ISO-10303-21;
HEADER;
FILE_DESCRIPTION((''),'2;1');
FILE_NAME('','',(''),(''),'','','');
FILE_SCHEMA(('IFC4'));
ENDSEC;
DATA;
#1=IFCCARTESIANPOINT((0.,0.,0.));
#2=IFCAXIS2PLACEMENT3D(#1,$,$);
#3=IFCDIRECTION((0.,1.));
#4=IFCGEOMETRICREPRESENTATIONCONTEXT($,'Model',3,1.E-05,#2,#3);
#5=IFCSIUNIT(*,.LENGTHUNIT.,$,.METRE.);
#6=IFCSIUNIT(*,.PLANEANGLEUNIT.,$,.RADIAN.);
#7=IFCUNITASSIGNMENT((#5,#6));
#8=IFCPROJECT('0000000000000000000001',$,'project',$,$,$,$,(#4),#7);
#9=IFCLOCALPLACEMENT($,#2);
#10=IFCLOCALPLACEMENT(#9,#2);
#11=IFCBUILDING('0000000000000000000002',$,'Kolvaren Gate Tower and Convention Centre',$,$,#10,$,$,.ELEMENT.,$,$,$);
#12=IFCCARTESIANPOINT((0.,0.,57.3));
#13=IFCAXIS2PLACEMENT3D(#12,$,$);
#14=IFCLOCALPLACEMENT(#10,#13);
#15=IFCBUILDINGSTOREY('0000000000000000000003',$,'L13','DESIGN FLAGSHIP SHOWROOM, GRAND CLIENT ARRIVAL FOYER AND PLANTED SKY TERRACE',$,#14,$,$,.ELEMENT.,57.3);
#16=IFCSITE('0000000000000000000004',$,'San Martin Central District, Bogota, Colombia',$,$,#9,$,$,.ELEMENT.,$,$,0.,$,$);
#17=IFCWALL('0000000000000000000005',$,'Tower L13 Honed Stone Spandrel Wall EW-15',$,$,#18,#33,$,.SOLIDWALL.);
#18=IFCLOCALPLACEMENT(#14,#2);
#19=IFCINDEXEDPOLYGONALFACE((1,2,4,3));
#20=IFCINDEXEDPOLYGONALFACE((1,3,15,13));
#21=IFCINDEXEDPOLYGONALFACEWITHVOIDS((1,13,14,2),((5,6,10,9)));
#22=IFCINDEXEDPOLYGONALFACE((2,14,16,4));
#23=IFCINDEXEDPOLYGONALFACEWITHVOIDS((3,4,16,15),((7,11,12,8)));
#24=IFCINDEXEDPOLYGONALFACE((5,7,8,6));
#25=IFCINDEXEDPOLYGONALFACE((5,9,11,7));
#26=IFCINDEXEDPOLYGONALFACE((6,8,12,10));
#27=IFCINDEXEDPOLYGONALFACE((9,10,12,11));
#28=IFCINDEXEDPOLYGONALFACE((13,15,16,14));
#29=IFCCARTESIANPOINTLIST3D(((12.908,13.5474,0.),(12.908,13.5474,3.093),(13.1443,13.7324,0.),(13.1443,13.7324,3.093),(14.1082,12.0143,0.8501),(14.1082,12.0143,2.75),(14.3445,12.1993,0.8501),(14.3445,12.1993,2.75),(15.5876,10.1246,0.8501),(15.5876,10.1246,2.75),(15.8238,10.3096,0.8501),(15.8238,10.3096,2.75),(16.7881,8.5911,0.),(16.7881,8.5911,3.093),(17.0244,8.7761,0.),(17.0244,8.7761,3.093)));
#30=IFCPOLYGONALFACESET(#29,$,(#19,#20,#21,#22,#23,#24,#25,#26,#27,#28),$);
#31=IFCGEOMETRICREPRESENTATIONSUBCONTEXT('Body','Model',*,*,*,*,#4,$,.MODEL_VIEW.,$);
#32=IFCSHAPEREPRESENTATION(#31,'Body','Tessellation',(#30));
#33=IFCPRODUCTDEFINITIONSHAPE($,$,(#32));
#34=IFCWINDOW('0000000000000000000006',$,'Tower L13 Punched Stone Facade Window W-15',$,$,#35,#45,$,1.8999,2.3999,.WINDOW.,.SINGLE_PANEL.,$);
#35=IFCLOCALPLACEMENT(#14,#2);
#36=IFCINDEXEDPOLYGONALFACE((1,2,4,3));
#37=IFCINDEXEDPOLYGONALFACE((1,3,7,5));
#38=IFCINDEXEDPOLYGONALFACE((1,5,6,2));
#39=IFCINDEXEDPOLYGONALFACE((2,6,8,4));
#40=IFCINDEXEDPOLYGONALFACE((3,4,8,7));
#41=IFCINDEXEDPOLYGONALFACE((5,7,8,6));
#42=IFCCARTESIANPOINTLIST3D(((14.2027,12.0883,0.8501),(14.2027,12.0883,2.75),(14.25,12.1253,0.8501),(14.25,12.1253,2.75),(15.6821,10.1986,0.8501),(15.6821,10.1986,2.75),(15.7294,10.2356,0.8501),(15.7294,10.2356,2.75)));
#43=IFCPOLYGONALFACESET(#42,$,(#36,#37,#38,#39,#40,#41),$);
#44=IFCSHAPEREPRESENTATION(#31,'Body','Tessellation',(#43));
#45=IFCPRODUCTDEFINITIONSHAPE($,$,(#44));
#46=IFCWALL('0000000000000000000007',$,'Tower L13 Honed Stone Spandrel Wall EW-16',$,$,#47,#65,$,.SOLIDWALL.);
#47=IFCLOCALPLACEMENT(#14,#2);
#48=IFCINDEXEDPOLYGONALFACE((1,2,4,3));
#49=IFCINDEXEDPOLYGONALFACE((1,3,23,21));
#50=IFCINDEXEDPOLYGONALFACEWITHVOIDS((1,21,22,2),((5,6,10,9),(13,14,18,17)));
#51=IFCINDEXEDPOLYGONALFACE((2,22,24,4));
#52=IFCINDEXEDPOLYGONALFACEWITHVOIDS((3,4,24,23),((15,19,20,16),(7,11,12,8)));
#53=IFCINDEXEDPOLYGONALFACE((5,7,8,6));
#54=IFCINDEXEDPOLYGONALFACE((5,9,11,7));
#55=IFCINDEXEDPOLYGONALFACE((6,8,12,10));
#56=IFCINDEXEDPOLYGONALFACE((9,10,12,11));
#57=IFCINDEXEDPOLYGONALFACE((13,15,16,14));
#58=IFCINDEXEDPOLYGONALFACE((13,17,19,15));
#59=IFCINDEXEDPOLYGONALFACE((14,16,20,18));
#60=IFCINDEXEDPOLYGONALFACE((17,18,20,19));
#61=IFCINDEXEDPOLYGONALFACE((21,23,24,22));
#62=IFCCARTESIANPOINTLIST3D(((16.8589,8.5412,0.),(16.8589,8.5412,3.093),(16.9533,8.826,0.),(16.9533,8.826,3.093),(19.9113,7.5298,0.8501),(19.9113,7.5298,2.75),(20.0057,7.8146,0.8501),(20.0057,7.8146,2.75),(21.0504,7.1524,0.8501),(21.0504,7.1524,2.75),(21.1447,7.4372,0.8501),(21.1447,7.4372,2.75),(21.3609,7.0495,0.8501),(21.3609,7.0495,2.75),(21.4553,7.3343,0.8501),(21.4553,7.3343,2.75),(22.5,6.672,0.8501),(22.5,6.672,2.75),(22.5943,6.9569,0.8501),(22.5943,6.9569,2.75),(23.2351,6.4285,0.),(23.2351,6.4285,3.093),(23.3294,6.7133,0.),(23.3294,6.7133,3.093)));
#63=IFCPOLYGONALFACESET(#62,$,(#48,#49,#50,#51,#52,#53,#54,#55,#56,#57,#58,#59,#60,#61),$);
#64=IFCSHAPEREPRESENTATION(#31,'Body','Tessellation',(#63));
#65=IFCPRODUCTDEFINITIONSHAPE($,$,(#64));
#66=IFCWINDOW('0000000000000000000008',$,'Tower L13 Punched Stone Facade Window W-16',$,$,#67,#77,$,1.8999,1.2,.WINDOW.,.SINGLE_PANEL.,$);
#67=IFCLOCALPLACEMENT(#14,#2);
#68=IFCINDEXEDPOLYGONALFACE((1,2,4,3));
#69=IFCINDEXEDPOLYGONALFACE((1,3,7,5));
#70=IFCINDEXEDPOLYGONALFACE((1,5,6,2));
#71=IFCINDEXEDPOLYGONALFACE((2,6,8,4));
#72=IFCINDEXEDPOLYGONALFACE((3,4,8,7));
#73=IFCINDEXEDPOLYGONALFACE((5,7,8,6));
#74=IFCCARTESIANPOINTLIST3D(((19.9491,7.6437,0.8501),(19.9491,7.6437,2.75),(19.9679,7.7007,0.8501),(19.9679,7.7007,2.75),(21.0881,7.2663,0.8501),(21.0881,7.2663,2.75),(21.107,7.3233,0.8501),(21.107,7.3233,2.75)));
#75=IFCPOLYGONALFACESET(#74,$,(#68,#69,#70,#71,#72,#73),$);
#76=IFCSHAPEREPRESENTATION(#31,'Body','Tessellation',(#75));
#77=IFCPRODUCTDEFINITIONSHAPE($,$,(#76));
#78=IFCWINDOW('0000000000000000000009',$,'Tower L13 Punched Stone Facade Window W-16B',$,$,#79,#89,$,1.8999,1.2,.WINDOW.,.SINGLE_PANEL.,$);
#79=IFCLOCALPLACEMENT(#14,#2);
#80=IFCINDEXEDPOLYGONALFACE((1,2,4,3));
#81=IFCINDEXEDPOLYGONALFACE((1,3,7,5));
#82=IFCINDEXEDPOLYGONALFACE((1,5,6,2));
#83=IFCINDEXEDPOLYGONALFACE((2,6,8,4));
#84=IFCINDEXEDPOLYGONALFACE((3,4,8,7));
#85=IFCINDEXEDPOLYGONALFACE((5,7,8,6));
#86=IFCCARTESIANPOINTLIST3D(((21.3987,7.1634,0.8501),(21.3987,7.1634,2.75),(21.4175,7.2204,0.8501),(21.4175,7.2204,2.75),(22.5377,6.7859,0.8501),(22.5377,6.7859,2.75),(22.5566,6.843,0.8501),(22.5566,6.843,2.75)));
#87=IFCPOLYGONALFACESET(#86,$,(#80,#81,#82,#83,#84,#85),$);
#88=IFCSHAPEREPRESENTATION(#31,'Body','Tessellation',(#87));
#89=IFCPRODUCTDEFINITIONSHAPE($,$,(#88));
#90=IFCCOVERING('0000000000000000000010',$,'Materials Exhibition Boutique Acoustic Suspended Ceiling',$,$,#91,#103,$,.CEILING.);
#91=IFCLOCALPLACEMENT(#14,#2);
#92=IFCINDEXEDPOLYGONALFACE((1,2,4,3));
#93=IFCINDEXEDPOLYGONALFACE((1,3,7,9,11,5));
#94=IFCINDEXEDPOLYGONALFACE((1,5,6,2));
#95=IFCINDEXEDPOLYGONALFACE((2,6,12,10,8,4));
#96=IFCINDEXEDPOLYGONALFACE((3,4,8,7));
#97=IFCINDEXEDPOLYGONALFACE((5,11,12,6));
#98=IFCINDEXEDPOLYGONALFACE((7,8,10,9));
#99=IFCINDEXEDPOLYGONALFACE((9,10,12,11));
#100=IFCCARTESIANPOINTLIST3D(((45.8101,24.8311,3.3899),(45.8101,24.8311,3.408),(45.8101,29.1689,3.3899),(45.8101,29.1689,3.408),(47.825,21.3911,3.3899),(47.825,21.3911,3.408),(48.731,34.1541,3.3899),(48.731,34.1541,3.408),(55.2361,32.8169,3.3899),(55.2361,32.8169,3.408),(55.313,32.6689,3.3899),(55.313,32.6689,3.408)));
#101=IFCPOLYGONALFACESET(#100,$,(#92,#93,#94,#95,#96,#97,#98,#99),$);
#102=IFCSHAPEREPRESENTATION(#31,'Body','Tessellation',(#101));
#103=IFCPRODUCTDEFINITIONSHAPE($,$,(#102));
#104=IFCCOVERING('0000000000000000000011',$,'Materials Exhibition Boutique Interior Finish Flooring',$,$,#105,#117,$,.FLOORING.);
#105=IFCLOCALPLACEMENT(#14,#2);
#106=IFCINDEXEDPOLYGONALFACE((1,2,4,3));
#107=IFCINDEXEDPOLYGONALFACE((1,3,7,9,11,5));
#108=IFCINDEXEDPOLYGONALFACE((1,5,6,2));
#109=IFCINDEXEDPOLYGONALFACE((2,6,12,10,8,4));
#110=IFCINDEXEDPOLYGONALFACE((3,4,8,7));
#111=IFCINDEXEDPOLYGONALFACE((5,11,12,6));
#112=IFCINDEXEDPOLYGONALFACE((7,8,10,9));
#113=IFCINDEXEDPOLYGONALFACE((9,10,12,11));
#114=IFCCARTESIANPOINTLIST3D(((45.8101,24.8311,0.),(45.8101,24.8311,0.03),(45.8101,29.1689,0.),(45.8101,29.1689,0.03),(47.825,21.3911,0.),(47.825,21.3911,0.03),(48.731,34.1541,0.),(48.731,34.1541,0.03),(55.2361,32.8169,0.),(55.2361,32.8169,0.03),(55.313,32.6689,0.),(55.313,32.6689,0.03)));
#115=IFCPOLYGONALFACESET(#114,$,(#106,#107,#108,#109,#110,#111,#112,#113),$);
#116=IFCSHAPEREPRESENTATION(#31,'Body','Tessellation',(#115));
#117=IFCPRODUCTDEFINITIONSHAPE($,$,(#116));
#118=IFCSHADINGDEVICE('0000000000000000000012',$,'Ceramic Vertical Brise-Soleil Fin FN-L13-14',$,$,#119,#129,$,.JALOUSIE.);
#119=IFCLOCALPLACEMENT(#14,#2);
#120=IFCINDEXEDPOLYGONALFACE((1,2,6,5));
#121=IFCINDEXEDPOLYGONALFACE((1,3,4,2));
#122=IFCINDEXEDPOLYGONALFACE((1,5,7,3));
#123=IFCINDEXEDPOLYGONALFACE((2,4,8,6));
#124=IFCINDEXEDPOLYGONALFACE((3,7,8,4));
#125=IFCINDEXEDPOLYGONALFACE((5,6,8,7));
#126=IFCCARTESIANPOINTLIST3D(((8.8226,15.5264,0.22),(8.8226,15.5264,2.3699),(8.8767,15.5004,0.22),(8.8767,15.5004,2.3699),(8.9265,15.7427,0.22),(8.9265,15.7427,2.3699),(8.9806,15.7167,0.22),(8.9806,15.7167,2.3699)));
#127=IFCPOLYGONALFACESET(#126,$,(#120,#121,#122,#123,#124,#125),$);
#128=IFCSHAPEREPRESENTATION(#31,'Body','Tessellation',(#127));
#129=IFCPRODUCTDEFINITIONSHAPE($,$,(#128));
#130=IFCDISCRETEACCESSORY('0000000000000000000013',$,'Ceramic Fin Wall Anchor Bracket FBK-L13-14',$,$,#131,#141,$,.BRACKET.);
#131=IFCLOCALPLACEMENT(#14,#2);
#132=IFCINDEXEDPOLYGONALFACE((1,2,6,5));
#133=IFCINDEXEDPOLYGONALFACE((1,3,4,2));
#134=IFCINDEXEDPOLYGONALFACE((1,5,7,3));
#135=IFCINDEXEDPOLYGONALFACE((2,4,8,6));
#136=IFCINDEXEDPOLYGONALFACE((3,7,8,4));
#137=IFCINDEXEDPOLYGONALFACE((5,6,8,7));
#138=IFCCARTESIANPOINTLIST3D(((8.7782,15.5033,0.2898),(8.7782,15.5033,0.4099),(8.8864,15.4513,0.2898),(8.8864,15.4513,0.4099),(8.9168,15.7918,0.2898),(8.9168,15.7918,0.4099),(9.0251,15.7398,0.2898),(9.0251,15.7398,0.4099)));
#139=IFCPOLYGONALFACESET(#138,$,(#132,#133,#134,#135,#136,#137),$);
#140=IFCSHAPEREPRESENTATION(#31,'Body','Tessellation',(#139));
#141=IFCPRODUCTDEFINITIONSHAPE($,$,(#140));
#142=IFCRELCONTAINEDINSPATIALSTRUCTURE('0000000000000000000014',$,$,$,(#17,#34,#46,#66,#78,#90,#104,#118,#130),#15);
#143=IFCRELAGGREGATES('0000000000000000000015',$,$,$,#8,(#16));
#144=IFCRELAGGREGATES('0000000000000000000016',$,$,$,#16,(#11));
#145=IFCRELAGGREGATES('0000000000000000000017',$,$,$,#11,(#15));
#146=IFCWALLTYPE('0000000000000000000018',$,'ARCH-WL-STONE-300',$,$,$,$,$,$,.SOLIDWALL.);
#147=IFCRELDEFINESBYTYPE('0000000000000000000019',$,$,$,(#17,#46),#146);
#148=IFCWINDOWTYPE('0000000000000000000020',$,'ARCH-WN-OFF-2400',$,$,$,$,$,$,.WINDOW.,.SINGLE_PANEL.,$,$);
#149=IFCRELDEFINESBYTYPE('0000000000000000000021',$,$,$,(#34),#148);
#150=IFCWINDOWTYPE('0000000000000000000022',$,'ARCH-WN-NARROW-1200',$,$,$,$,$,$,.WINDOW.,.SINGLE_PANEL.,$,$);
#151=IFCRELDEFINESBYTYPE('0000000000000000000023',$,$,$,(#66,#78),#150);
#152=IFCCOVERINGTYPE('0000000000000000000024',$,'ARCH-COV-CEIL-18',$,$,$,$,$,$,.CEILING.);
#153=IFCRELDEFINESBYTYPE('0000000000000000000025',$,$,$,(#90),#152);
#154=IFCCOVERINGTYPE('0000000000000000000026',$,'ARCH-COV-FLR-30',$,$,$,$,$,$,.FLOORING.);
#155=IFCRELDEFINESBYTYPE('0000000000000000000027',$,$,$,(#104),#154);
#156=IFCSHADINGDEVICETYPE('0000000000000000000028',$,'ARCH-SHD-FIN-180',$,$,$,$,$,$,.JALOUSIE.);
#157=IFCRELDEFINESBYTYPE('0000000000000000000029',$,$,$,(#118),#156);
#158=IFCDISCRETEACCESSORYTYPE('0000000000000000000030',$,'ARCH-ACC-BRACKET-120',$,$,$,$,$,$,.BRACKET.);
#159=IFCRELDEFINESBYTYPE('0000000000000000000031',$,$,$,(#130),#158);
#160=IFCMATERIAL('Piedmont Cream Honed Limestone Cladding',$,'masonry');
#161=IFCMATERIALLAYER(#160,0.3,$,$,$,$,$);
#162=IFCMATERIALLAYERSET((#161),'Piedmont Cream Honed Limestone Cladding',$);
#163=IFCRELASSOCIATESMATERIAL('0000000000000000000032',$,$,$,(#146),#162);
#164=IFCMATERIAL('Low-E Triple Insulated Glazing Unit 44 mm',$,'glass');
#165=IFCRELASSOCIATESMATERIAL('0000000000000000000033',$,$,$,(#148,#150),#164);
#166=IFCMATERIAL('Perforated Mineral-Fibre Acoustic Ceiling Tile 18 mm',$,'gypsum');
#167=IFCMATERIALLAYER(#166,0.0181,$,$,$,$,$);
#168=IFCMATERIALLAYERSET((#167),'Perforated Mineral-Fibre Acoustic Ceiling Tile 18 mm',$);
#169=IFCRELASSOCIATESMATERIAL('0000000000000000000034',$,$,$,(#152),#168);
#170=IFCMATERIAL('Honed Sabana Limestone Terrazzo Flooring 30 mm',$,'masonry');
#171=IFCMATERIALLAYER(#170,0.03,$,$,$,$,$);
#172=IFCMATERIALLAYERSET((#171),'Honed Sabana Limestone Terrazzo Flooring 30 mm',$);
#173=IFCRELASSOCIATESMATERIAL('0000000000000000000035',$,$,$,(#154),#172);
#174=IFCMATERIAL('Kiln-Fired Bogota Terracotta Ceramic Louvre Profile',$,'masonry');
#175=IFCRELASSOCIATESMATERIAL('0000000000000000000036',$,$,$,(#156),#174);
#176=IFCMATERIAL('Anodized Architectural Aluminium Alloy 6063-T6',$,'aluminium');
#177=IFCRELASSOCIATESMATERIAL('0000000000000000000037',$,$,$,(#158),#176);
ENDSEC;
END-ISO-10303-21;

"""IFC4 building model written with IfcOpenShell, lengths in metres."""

from ifc_helpers import new_model, si_unit, direction, frame, frame_2d, origin, origin_2d, place, context, subcontext, project, spatial, polyline, rectangle, outline, extrude, material, layer, layer_set, type_object, element, fill, save


model = new_model("IFC4")

# Units and contexts
model_context = context("Model", 3, precision=1e-05, world=origin(), true_north=direction((0.0, 1.0)))
body_context = subcontext(model_context, "Body", "Model", "MODEL_VIEW")
ifc_project = project(units=[si_unit("LENGTHUNIT", "METRE"), si_unit("PLANEANGLEUNIT", "RADIAN")], contexts=[model_context])

# Site, building, storey
site_placement = place(None, origin())
site = spatial("IfcSite", under=ifc_project, at=site_placement, Name="San Martin Central District, Bogota, Colombia", CompositionType="ELEMENT", RefElevation=0.0)
building_placement = place(site_placement, origin())
building = spatial("IfcBuilding", under=site, at=building_placement, Name="Kolvaren Gate Tower and Convention Centre", CompositionType="ELEMENT")
storey_placement = place(building_placement, frame((0.0, 0.0, 57.3)))
storey = spatial("IfcBuildingStorey", under=building, at=storey_placement, Name="L13", Description="DESIGN FLAGSHIP SHOWROOM, GRAND CLIENT ARRIVAL FOYER AND PLANTED SKY TERRACE", CompositionType="ELEMENT", Elevation=57.3)

# Shared definitions
ifc_material_1 = material(Name="Piedmont Cream Honed Limestone Cladding", Category="masonry")

# Wall, opening, window
ifc_layer_1 = layer(ifc_material_1, 0.3)
ifc_layer_set_1 = layer_set([ifc_layer_1], Name="Piedmont Cream Honed Limestone Cladding")
wall_type_1 = type_object("IfcWallType", Name="ARCH-WL-STONE-300", PredefinedType="SOLIDWALL", material=ifc_layer_set_1)
wall_1_placement = place(storey_placement, frame((13.0261, 13.6399, 0.0), z_axis=(0.0, 0.0, 1.0), x_axis=(0.616435, -0.787406, 0.0)))
wall_1 = element("IfcWall", 1, at=wall_1_placement, inside=storey, type_object=wall_type_1, Name="Tower L13 Honed Stone Spandrel Wall EW-15", PredefinedType="SOLIDWALL", context=body_context, shape_type="SweptSolid", body=[
    extrude(rectangle(XDim=6.2944, YDim=0.3, at=frame_2d((3.1472, 0.0))), origin(), (0.0, 0.0, 1.0), 3.093),
])
opening_1_placement = place(wall_1_placement, frame((1.947, 0.0, 0.8501)))
opening_1 = element("IfcOpeningElement", 2, at=opening_1_placement, cuts=wall_1, PredefinedType="OPENING", context=body_context, shape_type="SweptSolid", body=[
    extrude(rectangle(XDim=2.3999, YDim=1.8999, at=frame_2d((1.2, 0.95))), frame((0.0, 0.1599, 0.0), z_axis=(0.0, -1.0, 0.0), x_axis=(1.0, 0.0, 0.0)), (0.0, 0.0, 1.0), 0.3201),
])
ifc_material_2 = material(Name="Low-E Triple Insulated Glazing Unit 44 mm", Category="glass")
window_type_1 = type_object("IfcWindowType", Name="ARCH-WN-OFF-2400", PartitioningType="SINGLE_PANEL", PredefinedType="WINDOW", material=ifc_material_2)
window_1_placement = place(opening_1_placement, origin())
window_1 = element("IfcWindow", 3, at=window_1_placement, inside=storey, type_object=window_type_1, Name="Tower L13 Punched Stone Facade Window W-15", OverallHeight=1.8999, OverallWidth=2.3999, PartitioningType="SINGLE_PANEL", PredefinedType="WINDOW", context=body_context, shape_type="SweptSolid", body=[
    extrude(rectangle(XDim=2.3999, YDim=1.8999, at=frame_2d((1.2, 0.95))), frame((0.0, 0.03, 0.0), z_axis=(0.0, -1.0, 0.0), x_axis=(1.0, 0.0, 0.0)), (0.0, 0.0, 1.0), 0.0601),
])
fill(opening_1, window_1)

# Wall, openings, windows
wall_2_placement = place(storey_placement, frame((16.9062, 8.6836, 0.0), z_axis=(0.0, 0.0, 1.0), x_axis=(0.949245, -0.314537, 0.0)))
wall_2 = element("IfcWall", 4, at=wall_2_placement, inside=storey, type_object=wall_type_1, Name="Tower L13 Honed Stone Spandrel Wall EW-16", PredefinedType="SOLIDWALL", context=body_context, shape_type="SweptSolid", body=[
    extrude(rectangle(XDim=6.717, YDim=0.3, at=frame_2d((3.3584, 0.0))), origin(), (0.0, 0.0, 1.0), 3.093),
])
opening_2_placement = place(wall_2_placement, frame((3.2153, 0.0, 0.8501)))
opening_2 = element("IfcOpeningElement", 5, at=opening_2_placement, cuts=wall_2, PredefinedType="OPENING", context=body_context, shape_type="SweptSolid", body=[
    extrude(rectangle(XDim=1.2, YDim=1.8999, at=frame_2d((0.6001, 0.95))), frame((0.0, 0.1599, 0.0), z_axis=(0.0, -1.0, 0.0), x_axis=(1.0, 0.0, 0.0)), (0.0, 0.0, 1.0), 0.3201),
])
opening_3_placement = place(wall_2_placement, frame((4.7424, 0.0, 0.8501)))
opening_3 = element("IfcOpeningElement", 6, at=opening_3_placement, cuts=wall_2, PredefinedType="OPENING", context=body_context, shape_type="SweptSolid", body=[
    extrude(rectangle(XDim=1.2, YDim=1.8999, at=frame_2d((0.6001, 0.95))), frame((0.0, 0.1599, 0.0), z_axis=(0.0, -1.0, 0.0), x_axis=(1.0, 0.0, 0.0)), (0.0, 0.0, 1.0), 0.3201),
])
window_type_2 = type_object("IfcWindowType", Name="ARCH-WN-NARROW-1200", PartitioningType="SINGLE_PANEL", PredefinedType="WINDOW", material=ifc_material_2)
window_2_placement = place(opening_2_placement, origin())
window_2 = element("IfcWindow", 7, at=window_2_placement, inside=storey, type_object=window_type_2, Name="Tower L13 Punched Stone Facade Window W-16", OverallHeight=1.8999, OverallWidth=1.2, PartitioningType="SINGLE_PANEL", PredefinedType="WINDOW", context=body_context, shape_type="SweptSolid", body=[
    extrude(rectangle(XDim=1.2, YDim=1.8999, at=frame_2d((0.6001, 0.95))), frame((0.0, 0.03, 0.0), z_axis=(0.0, -1.0, 0.0), x_axis=(1.0, 0.0, 0.0)), (0.0, 0.0, 1.0), 0.0601),
])
fill(opening_2, window_2)
window_3_placement = place(opening_3_placement, origin())
window_3 = element("IfcWindow", 8, at=window_3_placement, inside=storey, type_object=window_type_2, Name="Tower L13 Punched Stone Facade Window W-16B", OverallHeight=1.8999, OverallWidth=1.2, PartitioningType="SINGLE_PANEL", PredefinedType="WINDOW", context=body_context, shape_type="SweptSolid", body=[
    extrude(rectangle(XDim=1.2, YDim=1.8999, at=frame_2d((0.6001, 0.95))), frame((0.0, 0.03, 0.0), z_axis=(0.0, -1.0, 0.0), x_axis=(1.0, 0.0, 0.0)), (0.0, 0.0, 1.0), 0.0601),
])
fill(opening_3, window_3)

# Coverings
ifc_material_3 = material(Name="Perforated Mineral-Fibre Acoustic Ceiling Tile 18 mm", Category="gypsum")
ifc_layer_2 = layer(ifc_material_3, 0.0181)
ifc_layer_set_2 = layer_set([ifc_layer_2], Name="Perforated Mineral-Fibre Acoustic Ceiling Tile 18 mm")
covering_type_1 = type_object("IfcCoveringType", Name="ARCH-COV-CEIL-18", PredefinedType="CEILING", material=ifc_layer_set_2)
covering_1_placement = place(storey_placement, frame((0.0, 0.0, 3.3899)))
element("IfcCovering", 9, at=covering_1_placement, inside=storey, type_object=covering_type_1, Name="Materials Exhibition Boutique Acoustic Suspended Ceiling", PredefinedType="CEILING", context=body_context, shape_type="SweptSolid", body=[
    extrude(outline(polyline([(55.2361, 32.8169), (55.313, 32.6689), (47.825, 21.3911), (45.8101, 24.8311), (45.8101, 29.1689), (48.731, 34.1541), (55.2361, 32.8169)])), origin(), (0.0, 0.0, 1.0), 0.0181),
])
ifc_material_4 = material(Name="Honed Sabana Limestone Terrazzo Flooring 30 mm", Category="masonry")
ifc_layer_3 = layer(ifc_material_4, 0.03)
ifc_layer_set_3 = layer_set([ifc_layer_3], Name="Honed Sabana Limestone Terrazzo Flooring 30 mm")
covering_type_2 = type_object("IfcCoveringType", Name="ARCH-COV-FLR-30", PredefinedType="FLOORING", material=ifc_layer_set_3)
covering_2_placement = place(storey_placement, origin())
element("IfcCovering", 10, at=covering_2_placement, inside=storey, type_object=covering_type_2, Name="Materials Exhibition Boutique Interior Finish Flooring", PredefinedType="FLOORING", context=body_context, shape_type="SweptSolid", body=[
    extrude(outline(polyline([(55.2361, 32.8169), (55.313, 32.6689), (47.825, 21.3911), (45.8101, 24.8311), (45.8101, 29.1689), (48.731, 34.1541), (55.2361, 32.8169)])), origin(), (0.0, 0.0, 1.0), 0.03),
])

# Shading device
ifc_material_5 = material(Name="Kiln-Fired Bogota Terracotta Ceramic Louvre Profile", Category="masonry")
shading_device_type = type_object("IfcShadingDeviceType", Name="ARCH-SHD-FIN-180", PredefinedType="JALOUSIE", material=ifc_material_5)
shading_device_placement = place(storey_placement, frame((8.9016, 15.6216, 0.22), z_axis=(0.0, 0.0, 1.0), x_axis=(0.901358, -0.433076, 0.0)))
element("IfcShadingDevice", 11, at=shading_device_placement, inside=storey, type_object=shading_device_type, Name="Ceramic Vertical Brise-Soleil Fin FN-L13-14", PredefinedType="JALOUSIE", context=body_context, shape_type="SweptSolid", body=[
    extrude(rectangle(XDim=0.0601, YDim=0.24, at=origin_2d()), origin(), (0.0, 0.0, 1.0), 2.1499),
])

# Discrete accessory
ifc_material_6 = material(Name="Anodized Architectural Aluminium Alloy 6063-T6", Category="aluminium")
discrete_accessory_type = type_object("IfcDiscreteAccessoryType", Name="ARCH-ACC-BRACKET-120", PredefinedType="BRACKET", material=ifc_material_6)
discrete_accessory_placement = place(storey_placement, frame((8.9016, 15.6216, 0.2898), z_axis=(0.0, 0.0, 1.0), x_axis=(0.901358, -0.433076, 0.0)))
element("IfcDiscreteAccessory", 12, at=discrete_accessory_placement, inside=storey, type_object=discrete_accessory_type, Name="Ceramic Fin Wall Anchor Bracket FBK-L13-14", PredefinedType="BRACKET", context=body_context, shape_type="SweptSolid", body=[
    extrude(rectangle(XDim=0.1201, YDim=0.3201, at=origin_2d()), origin(), (0.0, 0.0, 1.0), 0.1201),
])

save(model, "model.ifc")
